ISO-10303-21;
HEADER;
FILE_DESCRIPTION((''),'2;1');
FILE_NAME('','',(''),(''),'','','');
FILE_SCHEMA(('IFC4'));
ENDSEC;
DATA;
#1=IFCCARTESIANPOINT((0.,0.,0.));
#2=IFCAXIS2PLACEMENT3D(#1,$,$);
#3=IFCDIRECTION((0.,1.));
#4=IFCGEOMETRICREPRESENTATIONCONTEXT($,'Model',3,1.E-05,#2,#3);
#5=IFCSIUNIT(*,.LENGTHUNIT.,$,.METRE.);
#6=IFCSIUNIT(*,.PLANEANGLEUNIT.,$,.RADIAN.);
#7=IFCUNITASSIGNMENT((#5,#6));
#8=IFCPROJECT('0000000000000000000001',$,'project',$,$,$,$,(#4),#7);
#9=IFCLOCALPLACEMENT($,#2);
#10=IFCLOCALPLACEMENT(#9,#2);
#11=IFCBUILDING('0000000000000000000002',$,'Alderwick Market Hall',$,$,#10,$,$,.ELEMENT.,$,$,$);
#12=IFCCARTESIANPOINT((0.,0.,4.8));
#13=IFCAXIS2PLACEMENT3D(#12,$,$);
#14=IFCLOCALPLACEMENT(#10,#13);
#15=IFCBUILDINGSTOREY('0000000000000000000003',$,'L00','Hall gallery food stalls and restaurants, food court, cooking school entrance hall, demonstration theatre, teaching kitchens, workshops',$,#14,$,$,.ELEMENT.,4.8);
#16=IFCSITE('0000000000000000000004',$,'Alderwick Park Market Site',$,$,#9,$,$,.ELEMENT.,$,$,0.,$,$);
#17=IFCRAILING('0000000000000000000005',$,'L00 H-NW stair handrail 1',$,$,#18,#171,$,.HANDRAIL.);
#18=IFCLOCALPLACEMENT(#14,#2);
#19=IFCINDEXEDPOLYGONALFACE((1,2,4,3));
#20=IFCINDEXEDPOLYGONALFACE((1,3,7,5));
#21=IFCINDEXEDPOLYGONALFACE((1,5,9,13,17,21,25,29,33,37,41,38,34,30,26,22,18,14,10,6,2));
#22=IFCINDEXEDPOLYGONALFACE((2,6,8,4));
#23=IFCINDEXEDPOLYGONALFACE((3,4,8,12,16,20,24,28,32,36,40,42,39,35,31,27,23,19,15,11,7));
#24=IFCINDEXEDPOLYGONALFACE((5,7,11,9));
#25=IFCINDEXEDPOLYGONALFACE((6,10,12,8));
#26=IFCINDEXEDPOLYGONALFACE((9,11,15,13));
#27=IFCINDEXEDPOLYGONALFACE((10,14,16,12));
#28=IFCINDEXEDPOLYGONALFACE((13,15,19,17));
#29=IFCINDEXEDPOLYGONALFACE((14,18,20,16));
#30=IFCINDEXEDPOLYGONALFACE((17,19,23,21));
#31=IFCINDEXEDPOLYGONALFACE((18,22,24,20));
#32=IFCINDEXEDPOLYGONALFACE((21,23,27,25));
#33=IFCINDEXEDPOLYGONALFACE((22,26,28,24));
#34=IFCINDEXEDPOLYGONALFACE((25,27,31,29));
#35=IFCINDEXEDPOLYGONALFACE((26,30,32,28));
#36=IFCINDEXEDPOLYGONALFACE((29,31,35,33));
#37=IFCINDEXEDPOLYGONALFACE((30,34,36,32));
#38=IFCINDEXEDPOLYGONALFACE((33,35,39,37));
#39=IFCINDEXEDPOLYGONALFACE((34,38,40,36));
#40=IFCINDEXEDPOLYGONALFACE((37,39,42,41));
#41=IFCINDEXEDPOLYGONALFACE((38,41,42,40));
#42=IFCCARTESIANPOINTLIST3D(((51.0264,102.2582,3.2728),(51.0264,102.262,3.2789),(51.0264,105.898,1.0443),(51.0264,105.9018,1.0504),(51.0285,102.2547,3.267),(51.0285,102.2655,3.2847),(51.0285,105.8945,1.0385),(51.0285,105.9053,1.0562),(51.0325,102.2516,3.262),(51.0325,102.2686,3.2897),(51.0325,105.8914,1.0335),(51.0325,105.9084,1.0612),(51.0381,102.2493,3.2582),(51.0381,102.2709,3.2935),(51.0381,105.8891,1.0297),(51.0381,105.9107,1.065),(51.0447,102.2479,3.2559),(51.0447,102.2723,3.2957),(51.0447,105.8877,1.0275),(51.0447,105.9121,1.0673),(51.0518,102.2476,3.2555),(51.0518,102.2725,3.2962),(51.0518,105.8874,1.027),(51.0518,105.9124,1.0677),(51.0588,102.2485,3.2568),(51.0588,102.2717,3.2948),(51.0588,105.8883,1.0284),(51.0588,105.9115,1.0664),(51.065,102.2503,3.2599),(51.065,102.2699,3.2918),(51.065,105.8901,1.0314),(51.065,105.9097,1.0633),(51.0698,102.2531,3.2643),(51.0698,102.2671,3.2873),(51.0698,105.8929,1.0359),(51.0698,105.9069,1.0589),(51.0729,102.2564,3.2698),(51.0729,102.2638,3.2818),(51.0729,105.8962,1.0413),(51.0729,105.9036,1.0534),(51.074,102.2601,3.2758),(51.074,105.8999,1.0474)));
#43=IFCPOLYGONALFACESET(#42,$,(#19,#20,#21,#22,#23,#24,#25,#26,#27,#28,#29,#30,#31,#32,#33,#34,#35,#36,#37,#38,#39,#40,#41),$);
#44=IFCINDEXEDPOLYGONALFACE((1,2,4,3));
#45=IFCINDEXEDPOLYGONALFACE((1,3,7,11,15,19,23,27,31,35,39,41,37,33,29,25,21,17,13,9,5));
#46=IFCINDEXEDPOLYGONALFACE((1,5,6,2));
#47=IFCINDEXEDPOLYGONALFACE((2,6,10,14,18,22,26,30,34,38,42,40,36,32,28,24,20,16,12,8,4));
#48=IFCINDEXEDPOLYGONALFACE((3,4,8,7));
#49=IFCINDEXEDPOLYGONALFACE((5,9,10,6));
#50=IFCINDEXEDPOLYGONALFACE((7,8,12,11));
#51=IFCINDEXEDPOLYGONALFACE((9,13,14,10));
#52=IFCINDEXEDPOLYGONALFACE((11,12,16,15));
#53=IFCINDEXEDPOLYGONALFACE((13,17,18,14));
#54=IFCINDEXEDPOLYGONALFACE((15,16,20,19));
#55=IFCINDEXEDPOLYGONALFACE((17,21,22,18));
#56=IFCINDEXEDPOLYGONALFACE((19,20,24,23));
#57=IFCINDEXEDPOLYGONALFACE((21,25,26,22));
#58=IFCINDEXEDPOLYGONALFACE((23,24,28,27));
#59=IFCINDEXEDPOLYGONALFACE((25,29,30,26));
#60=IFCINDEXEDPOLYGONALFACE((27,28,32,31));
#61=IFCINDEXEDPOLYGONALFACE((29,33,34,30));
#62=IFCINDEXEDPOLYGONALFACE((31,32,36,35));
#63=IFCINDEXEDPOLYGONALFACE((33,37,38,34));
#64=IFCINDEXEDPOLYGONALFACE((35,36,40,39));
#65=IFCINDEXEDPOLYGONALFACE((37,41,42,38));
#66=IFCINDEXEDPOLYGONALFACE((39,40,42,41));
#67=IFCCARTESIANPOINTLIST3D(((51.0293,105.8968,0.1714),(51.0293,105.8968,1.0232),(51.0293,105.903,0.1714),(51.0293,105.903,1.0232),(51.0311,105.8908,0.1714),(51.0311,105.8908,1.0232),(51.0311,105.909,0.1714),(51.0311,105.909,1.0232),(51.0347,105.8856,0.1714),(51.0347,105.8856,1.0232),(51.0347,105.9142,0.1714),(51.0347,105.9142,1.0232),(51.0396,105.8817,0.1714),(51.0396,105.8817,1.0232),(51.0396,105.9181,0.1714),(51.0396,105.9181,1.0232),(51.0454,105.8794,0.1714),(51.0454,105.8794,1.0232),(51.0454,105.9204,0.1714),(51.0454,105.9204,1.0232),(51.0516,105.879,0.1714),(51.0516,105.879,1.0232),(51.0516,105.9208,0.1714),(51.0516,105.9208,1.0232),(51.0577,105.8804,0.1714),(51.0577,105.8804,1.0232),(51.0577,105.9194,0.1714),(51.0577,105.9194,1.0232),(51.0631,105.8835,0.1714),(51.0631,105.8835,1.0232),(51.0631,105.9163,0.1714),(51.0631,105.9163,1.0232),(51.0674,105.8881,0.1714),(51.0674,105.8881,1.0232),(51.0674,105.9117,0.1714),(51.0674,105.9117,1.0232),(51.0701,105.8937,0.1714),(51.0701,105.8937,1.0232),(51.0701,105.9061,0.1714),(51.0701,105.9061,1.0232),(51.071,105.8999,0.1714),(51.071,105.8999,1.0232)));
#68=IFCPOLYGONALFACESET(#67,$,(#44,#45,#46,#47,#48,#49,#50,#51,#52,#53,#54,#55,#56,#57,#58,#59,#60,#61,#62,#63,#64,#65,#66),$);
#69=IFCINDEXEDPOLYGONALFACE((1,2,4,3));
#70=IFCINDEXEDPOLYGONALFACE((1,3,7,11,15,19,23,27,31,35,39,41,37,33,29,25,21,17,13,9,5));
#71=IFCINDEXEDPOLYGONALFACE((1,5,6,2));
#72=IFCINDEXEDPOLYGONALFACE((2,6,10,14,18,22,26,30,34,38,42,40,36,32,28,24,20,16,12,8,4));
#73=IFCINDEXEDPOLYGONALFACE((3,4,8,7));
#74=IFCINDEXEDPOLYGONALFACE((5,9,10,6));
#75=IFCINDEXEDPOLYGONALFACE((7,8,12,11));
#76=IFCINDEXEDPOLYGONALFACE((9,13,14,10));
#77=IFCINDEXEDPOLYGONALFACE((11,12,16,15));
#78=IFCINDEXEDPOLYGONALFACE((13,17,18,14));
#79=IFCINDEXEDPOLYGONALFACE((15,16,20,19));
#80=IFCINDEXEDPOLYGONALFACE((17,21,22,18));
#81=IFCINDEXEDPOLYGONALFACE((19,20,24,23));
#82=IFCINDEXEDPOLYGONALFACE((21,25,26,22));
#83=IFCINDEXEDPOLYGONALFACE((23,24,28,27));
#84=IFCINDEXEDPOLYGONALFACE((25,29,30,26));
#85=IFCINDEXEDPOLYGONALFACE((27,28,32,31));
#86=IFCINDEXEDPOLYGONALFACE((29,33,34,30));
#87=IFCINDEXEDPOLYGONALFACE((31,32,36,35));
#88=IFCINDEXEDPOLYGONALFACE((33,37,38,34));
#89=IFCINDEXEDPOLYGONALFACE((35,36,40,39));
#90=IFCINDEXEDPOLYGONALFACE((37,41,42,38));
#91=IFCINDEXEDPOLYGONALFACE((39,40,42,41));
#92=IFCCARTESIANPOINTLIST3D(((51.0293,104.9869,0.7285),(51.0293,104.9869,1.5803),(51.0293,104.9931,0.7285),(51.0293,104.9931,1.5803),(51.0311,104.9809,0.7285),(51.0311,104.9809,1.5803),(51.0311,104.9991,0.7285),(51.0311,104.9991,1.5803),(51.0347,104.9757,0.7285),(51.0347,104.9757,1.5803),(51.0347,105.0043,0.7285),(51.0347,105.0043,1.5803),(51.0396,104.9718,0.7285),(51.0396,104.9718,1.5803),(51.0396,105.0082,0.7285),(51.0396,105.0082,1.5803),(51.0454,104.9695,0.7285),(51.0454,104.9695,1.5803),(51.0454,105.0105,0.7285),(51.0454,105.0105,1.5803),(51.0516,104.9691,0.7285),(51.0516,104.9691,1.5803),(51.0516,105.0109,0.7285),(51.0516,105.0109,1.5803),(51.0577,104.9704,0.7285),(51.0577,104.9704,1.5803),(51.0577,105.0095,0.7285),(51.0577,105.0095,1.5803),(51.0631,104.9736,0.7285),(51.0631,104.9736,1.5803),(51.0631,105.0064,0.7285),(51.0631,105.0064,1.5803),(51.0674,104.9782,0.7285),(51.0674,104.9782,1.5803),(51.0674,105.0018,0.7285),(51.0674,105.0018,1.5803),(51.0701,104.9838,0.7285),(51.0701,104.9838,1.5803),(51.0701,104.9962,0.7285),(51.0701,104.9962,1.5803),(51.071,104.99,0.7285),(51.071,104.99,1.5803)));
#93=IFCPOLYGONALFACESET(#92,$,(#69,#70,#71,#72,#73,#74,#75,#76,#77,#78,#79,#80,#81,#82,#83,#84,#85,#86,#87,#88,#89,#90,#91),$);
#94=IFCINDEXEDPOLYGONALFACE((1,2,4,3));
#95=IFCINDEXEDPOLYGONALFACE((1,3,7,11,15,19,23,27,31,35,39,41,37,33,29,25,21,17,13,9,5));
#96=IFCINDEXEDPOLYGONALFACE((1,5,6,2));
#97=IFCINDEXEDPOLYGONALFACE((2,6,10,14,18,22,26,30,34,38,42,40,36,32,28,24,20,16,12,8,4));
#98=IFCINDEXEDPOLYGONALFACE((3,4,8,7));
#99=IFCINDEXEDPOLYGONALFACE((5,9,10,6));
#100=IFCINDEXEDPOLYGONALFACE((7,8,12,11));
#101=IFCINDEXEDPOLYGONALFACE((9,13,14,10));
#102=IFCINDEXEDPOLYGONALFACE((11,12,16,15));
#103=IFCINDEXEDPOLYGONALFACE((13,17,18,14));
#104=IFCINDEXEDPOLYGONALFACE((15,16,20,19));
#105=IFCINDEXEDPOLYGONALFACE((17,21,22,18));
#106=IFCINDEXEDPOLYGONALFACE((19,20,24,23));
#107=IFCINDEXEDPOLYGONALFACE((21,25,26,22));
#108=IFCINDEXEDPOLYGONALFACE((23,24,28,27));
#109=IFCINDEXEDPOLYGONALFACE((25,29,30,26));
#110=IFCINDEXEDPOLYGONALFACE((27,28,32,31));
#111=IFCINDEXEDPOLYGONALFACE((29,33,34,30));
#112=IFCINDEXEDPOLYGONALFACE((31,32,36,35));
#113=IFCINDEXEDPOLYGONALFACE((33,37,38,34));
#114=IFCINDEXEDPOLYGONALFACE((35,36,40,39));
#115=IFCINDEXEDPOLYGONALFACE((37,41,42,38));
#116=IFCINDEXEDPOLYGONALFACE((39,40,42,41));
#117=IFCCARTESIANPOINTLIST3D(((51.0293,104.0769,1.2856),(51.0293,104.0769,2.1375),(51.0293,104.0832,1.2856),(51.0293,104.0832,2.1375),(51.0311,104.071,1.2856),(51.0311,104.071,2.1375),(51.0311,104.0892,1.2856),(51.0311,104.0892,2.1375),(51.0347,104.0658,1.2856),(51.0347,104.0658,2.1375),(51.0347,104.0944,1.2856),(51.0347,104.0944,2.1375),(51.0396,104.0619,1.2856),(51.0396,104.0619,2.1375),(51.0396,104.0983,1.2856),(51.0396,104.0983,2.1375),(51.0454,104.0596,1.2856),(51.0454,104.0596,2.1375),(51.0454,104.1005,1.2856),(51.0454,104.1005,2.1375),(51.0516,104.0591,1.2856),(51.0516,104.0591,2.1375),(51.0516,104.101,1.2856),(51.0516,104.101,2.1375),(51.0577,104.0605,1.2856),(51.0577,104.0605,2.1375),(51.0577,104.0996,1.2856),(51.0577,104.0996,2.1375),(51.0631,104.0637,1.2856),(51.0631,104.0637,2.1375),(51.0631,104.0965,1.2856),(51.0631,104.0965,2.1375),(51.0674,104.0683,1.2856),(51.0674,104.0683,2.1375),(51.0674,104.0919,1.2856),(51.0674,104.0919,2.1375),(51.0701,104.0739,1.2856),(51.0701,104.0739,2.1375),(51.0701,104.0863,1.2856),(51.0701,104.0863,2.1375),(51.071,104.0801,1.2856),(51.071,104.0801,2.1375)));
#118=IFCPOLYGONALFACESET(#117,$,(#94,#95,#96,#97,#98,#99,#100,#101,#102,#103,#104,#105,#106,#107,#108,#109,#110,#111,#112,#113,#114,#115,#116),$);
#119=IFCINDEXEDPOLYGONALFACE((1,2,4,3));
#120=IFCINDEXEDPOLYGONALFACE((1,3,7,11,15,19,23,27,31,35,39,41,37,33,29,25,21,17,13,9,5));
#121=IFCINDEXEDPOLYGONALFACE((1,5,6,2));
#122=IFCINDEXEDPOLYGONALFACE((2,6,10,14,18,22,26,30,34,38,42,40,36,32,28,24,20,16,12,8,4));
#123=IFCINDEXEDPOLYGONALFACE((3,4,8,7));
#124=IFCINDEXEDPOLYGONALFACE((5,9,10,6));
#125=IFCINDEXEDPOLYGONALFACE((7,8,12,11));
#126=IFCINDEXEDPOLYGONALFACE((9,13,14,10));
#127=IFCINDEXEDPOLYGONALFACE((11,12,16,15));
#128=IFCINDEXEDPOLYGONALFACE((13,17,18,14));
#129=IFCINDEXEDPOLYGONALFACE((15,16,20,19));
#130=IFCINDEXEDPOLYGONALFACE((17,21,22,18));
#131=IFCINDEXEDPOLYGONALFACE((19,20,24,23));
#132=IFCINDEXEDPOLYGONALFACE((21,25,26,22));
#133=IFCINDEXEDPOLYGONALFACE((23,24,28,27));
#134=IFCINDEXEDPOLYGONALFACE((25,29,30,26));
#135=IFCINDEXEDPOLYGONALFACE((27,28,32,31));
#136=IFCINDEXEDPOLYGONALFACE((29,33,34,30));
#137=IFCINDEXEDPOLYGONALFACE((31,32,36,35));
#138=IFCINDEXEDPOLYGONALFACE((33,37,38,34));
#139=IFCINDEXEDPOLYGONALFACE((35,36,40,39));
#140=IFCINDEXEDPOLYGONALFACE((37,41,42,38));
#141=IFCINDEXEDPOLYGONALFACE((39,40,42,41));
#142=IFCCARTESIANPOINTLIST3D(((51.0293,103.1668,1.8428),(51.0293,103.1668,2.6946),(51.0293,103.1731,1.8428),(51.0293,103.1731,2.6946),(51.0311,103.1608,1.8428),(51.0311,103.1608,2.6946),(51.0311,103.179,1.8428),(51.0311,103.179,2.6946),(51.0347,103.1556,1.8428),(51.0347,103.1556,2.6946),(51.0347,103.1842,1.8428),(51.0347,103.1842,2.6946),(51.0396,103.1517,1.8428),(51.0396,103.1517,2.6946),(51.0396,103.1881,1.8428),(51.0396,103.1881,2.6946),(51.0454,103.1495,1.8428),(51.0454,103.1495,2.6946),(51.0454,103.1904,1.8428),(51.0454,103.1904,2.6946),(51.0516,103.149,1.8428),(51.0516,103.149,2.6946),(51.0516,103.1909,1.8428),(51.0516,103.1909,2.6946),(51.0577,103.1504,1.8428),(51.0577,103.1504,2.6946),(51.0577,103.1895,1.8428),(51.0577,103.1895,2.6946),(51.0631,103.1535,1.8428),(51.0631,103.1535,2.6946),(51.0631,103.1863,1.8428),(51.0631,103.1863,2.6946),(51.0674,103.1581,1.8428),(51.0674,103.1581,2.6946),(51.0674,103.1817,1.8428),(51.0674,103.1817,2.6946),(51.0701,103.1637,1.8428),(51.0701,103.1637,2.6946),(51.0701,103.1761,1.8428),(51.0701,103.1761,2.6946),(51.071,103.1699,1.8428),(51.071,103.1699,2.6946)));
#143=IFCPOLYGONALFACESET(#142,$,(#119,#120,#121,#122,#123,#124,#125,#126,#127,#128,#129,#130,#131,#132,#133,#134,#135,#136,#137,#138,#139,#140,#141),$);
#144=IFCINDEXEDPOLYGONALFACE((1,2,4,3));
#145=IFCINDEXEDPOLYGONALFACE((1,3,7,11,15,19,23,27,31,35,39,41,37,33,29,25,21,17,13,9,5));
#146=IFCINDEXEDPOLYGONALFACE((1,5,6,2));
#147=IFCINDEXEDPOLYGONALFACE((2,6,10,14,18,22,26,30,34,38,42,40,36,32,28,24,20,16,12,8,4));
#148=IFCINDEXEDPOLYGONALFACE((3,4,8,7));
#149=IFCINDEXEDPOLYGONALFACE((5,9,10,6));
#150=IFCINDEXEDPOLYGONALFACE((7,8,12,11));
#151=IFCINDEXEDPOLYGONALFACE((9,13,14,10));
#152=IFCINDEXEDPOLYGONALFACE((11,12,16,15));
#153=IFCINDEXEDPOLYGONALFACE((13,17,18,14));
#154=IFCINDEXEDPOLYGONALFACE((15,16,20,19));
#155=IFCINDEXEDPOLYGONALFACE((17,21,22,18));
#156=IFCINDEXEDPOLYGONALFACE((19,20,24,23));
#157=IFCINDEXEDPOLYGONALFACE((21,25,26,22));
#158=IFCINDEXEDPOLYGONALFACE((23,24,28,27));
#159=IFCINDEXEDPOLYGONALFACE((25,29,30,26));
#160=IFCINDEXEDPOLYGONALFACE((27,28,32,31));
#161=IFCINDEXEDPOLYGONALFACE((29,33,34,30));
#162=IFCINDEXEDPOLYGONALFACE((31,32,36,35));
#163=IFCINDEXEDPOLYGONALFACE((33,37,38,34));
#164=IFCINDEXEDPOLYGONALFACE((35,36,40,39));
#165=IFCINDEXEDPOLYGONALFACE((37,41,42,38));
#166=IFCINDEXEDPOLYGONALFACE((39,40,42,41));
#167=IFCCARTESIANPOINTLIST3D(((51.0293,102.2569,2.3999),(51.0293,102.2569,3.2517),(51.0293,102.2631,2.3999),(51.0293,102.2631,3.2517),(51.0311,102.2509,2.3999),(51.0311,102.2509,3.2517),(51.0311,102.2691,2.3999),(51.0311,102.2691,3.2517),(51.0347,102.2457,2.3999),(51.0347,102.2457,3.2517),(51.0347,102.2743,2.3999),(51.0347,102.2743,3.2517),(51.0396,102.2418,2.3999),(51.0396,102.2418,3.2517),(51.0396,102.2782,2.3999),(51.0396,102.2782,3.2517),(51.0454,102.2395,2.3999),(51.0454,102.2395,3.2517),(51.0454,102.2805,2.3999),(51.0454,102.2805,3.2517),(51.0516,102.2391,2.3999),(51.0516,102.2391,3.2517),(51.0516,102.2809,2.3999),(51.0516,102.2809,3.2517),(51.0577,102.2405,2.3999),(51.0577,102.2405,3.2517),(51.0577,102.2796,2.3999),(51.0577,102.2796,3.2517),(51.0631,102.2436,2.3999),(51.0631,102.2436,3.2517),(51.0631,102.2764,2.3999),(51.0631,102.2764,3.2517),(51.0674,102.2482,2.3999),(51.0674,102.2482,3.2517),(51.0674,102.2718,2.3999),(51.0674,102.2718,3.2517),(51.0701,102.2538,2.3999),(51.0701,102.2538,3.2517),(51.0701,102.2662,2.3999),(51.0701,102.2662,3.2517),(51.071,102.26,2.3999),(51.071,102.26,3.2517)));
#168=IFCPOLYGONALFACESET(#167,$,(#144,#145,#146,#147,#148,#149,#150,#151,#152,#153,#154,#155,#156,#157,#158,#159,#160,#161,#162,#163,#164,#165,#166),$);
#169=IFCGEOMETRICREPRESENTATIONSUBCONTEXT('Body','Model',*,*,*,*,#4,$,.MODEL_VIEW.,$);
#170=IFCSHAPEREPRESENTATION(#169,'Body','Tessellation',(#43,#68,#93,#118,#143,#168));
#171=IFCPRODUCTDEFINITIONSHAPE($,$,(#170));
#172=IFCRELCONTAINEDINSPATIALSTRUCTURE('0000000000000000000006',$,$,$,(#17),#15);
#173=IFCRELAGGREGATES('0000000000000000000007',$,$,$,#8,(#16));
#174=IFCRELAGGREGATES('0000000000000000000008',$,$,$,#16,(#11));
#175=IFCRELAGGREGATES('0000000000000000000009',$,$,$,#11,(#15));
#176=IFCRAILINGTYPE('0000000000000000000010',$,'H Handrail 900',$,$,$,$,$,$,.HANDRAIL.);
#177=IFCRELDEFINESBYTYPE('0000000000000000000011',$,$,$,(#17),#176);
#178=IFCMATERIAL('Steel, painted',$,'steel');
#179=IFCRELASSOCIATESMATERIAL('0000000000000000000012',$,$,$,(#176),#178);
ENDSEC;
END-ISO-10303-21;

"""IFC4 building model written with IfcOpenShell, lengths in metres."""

from ifc_helpers import new_model, si_unit, direction, frame, origin, origin_2d, place, context, subcontext, project, spatial, circle, extrude, material, type_object, element, save


model = new_model("IFC4")

# Units and contexts
model_context = context("Model", 3, precision=1e-05, world=origin(), true_north=direction((0.0, 1.0)))
body_context = subcontext(model_context, "Body", "Model", "MODEL_VIEW")
ifc_project = project(units=[si_unit("LENGTHUNIT", "METRE"), si_unit("PLANEANGLEUNIT", "RADIAN")], contexts=[model_context])

# Site, building, storey
site_placement = place(None, origin())
site = spatial("IfcSite", under=ifc_project, at=site_placement, Name="Alderwick Park Market Site", CompositionType="ELEMENT", RefElevation=0.0)
building_placement = place(site_placement, origin())
building = spatial("IfcBuilding", under=site, at=building_placement, Name="Alderwick Market Hall", CompositionType="ELEMENT")
storey_placement = place(building_placement, frame((0.0, 0.0, 4.8)))
storey = spatial("IfcBuildingStorey", under=building, at=storey_placement, Name="L00", Description="Hall gallery food stalls and restaurants, food court, cooking school entrance hall, demonstration theatre, teaching kitchens, workshops", CompositionType="ELEMENT", Elevation=4.8)

# Railing
ifc_material_1 = material(Name="Steel, painted", Category="steel")
railing_type_1 = type_object("IfcRailingType", Name="H Handrail 900", PredefinedType="HANDRAIL", material=ifc_material_1)
railing_1_placement = place(storey_placement, frame((51.05, 105.8999, 0.1714)))
element("IfcRailing", 1, at=railing_1_placement, inside=storey, type_object=railing_type_1, Name="L00 H-NW stair handrail 1", PredefinedType="HANDRAIL", context=body_context, shape_type="SweptSolid", body=[
    extrude(circle(Radius=0.0239, at=origin_2d()), frame((0.0, 0.0, 0.876), z_axis=(0.0, -0.85285, 0.522156), x_axis=(1.0, 0.0, 0.0)), (0.0, 0.0, 1.0), 4.2678),
    extrude(circle(Radius=0.021, at=origin_2d()), origin(), (0.0, 0.0, 1.0), 0.8518),
    extrude(circle(Radius=0.021, at=origin_2d()), frame((0.0, -0.9099, 0.5571)), (0.0, 0.0, 1.0), 0.8518),
    extrude(circle(Radius=0.021, at=origin_2d()), frame((0.0, -1.8198, 1.1143)), (0.0, 0.0, 1.0), 0.8518),
    extrude(circle(Radius=0.021, at=origin_2d()), frame((0.0, -2.73, 1.6714)), (0.0, 0.0, 1.0), 0.8518),
    extrude(circle(Radius=0.021, at=origin_2d()), frame((0.0, -3.6399, 2.2285)), (0.0, 0.0, 1.0), 0.8518),
])

save(model, "model.ifc")
